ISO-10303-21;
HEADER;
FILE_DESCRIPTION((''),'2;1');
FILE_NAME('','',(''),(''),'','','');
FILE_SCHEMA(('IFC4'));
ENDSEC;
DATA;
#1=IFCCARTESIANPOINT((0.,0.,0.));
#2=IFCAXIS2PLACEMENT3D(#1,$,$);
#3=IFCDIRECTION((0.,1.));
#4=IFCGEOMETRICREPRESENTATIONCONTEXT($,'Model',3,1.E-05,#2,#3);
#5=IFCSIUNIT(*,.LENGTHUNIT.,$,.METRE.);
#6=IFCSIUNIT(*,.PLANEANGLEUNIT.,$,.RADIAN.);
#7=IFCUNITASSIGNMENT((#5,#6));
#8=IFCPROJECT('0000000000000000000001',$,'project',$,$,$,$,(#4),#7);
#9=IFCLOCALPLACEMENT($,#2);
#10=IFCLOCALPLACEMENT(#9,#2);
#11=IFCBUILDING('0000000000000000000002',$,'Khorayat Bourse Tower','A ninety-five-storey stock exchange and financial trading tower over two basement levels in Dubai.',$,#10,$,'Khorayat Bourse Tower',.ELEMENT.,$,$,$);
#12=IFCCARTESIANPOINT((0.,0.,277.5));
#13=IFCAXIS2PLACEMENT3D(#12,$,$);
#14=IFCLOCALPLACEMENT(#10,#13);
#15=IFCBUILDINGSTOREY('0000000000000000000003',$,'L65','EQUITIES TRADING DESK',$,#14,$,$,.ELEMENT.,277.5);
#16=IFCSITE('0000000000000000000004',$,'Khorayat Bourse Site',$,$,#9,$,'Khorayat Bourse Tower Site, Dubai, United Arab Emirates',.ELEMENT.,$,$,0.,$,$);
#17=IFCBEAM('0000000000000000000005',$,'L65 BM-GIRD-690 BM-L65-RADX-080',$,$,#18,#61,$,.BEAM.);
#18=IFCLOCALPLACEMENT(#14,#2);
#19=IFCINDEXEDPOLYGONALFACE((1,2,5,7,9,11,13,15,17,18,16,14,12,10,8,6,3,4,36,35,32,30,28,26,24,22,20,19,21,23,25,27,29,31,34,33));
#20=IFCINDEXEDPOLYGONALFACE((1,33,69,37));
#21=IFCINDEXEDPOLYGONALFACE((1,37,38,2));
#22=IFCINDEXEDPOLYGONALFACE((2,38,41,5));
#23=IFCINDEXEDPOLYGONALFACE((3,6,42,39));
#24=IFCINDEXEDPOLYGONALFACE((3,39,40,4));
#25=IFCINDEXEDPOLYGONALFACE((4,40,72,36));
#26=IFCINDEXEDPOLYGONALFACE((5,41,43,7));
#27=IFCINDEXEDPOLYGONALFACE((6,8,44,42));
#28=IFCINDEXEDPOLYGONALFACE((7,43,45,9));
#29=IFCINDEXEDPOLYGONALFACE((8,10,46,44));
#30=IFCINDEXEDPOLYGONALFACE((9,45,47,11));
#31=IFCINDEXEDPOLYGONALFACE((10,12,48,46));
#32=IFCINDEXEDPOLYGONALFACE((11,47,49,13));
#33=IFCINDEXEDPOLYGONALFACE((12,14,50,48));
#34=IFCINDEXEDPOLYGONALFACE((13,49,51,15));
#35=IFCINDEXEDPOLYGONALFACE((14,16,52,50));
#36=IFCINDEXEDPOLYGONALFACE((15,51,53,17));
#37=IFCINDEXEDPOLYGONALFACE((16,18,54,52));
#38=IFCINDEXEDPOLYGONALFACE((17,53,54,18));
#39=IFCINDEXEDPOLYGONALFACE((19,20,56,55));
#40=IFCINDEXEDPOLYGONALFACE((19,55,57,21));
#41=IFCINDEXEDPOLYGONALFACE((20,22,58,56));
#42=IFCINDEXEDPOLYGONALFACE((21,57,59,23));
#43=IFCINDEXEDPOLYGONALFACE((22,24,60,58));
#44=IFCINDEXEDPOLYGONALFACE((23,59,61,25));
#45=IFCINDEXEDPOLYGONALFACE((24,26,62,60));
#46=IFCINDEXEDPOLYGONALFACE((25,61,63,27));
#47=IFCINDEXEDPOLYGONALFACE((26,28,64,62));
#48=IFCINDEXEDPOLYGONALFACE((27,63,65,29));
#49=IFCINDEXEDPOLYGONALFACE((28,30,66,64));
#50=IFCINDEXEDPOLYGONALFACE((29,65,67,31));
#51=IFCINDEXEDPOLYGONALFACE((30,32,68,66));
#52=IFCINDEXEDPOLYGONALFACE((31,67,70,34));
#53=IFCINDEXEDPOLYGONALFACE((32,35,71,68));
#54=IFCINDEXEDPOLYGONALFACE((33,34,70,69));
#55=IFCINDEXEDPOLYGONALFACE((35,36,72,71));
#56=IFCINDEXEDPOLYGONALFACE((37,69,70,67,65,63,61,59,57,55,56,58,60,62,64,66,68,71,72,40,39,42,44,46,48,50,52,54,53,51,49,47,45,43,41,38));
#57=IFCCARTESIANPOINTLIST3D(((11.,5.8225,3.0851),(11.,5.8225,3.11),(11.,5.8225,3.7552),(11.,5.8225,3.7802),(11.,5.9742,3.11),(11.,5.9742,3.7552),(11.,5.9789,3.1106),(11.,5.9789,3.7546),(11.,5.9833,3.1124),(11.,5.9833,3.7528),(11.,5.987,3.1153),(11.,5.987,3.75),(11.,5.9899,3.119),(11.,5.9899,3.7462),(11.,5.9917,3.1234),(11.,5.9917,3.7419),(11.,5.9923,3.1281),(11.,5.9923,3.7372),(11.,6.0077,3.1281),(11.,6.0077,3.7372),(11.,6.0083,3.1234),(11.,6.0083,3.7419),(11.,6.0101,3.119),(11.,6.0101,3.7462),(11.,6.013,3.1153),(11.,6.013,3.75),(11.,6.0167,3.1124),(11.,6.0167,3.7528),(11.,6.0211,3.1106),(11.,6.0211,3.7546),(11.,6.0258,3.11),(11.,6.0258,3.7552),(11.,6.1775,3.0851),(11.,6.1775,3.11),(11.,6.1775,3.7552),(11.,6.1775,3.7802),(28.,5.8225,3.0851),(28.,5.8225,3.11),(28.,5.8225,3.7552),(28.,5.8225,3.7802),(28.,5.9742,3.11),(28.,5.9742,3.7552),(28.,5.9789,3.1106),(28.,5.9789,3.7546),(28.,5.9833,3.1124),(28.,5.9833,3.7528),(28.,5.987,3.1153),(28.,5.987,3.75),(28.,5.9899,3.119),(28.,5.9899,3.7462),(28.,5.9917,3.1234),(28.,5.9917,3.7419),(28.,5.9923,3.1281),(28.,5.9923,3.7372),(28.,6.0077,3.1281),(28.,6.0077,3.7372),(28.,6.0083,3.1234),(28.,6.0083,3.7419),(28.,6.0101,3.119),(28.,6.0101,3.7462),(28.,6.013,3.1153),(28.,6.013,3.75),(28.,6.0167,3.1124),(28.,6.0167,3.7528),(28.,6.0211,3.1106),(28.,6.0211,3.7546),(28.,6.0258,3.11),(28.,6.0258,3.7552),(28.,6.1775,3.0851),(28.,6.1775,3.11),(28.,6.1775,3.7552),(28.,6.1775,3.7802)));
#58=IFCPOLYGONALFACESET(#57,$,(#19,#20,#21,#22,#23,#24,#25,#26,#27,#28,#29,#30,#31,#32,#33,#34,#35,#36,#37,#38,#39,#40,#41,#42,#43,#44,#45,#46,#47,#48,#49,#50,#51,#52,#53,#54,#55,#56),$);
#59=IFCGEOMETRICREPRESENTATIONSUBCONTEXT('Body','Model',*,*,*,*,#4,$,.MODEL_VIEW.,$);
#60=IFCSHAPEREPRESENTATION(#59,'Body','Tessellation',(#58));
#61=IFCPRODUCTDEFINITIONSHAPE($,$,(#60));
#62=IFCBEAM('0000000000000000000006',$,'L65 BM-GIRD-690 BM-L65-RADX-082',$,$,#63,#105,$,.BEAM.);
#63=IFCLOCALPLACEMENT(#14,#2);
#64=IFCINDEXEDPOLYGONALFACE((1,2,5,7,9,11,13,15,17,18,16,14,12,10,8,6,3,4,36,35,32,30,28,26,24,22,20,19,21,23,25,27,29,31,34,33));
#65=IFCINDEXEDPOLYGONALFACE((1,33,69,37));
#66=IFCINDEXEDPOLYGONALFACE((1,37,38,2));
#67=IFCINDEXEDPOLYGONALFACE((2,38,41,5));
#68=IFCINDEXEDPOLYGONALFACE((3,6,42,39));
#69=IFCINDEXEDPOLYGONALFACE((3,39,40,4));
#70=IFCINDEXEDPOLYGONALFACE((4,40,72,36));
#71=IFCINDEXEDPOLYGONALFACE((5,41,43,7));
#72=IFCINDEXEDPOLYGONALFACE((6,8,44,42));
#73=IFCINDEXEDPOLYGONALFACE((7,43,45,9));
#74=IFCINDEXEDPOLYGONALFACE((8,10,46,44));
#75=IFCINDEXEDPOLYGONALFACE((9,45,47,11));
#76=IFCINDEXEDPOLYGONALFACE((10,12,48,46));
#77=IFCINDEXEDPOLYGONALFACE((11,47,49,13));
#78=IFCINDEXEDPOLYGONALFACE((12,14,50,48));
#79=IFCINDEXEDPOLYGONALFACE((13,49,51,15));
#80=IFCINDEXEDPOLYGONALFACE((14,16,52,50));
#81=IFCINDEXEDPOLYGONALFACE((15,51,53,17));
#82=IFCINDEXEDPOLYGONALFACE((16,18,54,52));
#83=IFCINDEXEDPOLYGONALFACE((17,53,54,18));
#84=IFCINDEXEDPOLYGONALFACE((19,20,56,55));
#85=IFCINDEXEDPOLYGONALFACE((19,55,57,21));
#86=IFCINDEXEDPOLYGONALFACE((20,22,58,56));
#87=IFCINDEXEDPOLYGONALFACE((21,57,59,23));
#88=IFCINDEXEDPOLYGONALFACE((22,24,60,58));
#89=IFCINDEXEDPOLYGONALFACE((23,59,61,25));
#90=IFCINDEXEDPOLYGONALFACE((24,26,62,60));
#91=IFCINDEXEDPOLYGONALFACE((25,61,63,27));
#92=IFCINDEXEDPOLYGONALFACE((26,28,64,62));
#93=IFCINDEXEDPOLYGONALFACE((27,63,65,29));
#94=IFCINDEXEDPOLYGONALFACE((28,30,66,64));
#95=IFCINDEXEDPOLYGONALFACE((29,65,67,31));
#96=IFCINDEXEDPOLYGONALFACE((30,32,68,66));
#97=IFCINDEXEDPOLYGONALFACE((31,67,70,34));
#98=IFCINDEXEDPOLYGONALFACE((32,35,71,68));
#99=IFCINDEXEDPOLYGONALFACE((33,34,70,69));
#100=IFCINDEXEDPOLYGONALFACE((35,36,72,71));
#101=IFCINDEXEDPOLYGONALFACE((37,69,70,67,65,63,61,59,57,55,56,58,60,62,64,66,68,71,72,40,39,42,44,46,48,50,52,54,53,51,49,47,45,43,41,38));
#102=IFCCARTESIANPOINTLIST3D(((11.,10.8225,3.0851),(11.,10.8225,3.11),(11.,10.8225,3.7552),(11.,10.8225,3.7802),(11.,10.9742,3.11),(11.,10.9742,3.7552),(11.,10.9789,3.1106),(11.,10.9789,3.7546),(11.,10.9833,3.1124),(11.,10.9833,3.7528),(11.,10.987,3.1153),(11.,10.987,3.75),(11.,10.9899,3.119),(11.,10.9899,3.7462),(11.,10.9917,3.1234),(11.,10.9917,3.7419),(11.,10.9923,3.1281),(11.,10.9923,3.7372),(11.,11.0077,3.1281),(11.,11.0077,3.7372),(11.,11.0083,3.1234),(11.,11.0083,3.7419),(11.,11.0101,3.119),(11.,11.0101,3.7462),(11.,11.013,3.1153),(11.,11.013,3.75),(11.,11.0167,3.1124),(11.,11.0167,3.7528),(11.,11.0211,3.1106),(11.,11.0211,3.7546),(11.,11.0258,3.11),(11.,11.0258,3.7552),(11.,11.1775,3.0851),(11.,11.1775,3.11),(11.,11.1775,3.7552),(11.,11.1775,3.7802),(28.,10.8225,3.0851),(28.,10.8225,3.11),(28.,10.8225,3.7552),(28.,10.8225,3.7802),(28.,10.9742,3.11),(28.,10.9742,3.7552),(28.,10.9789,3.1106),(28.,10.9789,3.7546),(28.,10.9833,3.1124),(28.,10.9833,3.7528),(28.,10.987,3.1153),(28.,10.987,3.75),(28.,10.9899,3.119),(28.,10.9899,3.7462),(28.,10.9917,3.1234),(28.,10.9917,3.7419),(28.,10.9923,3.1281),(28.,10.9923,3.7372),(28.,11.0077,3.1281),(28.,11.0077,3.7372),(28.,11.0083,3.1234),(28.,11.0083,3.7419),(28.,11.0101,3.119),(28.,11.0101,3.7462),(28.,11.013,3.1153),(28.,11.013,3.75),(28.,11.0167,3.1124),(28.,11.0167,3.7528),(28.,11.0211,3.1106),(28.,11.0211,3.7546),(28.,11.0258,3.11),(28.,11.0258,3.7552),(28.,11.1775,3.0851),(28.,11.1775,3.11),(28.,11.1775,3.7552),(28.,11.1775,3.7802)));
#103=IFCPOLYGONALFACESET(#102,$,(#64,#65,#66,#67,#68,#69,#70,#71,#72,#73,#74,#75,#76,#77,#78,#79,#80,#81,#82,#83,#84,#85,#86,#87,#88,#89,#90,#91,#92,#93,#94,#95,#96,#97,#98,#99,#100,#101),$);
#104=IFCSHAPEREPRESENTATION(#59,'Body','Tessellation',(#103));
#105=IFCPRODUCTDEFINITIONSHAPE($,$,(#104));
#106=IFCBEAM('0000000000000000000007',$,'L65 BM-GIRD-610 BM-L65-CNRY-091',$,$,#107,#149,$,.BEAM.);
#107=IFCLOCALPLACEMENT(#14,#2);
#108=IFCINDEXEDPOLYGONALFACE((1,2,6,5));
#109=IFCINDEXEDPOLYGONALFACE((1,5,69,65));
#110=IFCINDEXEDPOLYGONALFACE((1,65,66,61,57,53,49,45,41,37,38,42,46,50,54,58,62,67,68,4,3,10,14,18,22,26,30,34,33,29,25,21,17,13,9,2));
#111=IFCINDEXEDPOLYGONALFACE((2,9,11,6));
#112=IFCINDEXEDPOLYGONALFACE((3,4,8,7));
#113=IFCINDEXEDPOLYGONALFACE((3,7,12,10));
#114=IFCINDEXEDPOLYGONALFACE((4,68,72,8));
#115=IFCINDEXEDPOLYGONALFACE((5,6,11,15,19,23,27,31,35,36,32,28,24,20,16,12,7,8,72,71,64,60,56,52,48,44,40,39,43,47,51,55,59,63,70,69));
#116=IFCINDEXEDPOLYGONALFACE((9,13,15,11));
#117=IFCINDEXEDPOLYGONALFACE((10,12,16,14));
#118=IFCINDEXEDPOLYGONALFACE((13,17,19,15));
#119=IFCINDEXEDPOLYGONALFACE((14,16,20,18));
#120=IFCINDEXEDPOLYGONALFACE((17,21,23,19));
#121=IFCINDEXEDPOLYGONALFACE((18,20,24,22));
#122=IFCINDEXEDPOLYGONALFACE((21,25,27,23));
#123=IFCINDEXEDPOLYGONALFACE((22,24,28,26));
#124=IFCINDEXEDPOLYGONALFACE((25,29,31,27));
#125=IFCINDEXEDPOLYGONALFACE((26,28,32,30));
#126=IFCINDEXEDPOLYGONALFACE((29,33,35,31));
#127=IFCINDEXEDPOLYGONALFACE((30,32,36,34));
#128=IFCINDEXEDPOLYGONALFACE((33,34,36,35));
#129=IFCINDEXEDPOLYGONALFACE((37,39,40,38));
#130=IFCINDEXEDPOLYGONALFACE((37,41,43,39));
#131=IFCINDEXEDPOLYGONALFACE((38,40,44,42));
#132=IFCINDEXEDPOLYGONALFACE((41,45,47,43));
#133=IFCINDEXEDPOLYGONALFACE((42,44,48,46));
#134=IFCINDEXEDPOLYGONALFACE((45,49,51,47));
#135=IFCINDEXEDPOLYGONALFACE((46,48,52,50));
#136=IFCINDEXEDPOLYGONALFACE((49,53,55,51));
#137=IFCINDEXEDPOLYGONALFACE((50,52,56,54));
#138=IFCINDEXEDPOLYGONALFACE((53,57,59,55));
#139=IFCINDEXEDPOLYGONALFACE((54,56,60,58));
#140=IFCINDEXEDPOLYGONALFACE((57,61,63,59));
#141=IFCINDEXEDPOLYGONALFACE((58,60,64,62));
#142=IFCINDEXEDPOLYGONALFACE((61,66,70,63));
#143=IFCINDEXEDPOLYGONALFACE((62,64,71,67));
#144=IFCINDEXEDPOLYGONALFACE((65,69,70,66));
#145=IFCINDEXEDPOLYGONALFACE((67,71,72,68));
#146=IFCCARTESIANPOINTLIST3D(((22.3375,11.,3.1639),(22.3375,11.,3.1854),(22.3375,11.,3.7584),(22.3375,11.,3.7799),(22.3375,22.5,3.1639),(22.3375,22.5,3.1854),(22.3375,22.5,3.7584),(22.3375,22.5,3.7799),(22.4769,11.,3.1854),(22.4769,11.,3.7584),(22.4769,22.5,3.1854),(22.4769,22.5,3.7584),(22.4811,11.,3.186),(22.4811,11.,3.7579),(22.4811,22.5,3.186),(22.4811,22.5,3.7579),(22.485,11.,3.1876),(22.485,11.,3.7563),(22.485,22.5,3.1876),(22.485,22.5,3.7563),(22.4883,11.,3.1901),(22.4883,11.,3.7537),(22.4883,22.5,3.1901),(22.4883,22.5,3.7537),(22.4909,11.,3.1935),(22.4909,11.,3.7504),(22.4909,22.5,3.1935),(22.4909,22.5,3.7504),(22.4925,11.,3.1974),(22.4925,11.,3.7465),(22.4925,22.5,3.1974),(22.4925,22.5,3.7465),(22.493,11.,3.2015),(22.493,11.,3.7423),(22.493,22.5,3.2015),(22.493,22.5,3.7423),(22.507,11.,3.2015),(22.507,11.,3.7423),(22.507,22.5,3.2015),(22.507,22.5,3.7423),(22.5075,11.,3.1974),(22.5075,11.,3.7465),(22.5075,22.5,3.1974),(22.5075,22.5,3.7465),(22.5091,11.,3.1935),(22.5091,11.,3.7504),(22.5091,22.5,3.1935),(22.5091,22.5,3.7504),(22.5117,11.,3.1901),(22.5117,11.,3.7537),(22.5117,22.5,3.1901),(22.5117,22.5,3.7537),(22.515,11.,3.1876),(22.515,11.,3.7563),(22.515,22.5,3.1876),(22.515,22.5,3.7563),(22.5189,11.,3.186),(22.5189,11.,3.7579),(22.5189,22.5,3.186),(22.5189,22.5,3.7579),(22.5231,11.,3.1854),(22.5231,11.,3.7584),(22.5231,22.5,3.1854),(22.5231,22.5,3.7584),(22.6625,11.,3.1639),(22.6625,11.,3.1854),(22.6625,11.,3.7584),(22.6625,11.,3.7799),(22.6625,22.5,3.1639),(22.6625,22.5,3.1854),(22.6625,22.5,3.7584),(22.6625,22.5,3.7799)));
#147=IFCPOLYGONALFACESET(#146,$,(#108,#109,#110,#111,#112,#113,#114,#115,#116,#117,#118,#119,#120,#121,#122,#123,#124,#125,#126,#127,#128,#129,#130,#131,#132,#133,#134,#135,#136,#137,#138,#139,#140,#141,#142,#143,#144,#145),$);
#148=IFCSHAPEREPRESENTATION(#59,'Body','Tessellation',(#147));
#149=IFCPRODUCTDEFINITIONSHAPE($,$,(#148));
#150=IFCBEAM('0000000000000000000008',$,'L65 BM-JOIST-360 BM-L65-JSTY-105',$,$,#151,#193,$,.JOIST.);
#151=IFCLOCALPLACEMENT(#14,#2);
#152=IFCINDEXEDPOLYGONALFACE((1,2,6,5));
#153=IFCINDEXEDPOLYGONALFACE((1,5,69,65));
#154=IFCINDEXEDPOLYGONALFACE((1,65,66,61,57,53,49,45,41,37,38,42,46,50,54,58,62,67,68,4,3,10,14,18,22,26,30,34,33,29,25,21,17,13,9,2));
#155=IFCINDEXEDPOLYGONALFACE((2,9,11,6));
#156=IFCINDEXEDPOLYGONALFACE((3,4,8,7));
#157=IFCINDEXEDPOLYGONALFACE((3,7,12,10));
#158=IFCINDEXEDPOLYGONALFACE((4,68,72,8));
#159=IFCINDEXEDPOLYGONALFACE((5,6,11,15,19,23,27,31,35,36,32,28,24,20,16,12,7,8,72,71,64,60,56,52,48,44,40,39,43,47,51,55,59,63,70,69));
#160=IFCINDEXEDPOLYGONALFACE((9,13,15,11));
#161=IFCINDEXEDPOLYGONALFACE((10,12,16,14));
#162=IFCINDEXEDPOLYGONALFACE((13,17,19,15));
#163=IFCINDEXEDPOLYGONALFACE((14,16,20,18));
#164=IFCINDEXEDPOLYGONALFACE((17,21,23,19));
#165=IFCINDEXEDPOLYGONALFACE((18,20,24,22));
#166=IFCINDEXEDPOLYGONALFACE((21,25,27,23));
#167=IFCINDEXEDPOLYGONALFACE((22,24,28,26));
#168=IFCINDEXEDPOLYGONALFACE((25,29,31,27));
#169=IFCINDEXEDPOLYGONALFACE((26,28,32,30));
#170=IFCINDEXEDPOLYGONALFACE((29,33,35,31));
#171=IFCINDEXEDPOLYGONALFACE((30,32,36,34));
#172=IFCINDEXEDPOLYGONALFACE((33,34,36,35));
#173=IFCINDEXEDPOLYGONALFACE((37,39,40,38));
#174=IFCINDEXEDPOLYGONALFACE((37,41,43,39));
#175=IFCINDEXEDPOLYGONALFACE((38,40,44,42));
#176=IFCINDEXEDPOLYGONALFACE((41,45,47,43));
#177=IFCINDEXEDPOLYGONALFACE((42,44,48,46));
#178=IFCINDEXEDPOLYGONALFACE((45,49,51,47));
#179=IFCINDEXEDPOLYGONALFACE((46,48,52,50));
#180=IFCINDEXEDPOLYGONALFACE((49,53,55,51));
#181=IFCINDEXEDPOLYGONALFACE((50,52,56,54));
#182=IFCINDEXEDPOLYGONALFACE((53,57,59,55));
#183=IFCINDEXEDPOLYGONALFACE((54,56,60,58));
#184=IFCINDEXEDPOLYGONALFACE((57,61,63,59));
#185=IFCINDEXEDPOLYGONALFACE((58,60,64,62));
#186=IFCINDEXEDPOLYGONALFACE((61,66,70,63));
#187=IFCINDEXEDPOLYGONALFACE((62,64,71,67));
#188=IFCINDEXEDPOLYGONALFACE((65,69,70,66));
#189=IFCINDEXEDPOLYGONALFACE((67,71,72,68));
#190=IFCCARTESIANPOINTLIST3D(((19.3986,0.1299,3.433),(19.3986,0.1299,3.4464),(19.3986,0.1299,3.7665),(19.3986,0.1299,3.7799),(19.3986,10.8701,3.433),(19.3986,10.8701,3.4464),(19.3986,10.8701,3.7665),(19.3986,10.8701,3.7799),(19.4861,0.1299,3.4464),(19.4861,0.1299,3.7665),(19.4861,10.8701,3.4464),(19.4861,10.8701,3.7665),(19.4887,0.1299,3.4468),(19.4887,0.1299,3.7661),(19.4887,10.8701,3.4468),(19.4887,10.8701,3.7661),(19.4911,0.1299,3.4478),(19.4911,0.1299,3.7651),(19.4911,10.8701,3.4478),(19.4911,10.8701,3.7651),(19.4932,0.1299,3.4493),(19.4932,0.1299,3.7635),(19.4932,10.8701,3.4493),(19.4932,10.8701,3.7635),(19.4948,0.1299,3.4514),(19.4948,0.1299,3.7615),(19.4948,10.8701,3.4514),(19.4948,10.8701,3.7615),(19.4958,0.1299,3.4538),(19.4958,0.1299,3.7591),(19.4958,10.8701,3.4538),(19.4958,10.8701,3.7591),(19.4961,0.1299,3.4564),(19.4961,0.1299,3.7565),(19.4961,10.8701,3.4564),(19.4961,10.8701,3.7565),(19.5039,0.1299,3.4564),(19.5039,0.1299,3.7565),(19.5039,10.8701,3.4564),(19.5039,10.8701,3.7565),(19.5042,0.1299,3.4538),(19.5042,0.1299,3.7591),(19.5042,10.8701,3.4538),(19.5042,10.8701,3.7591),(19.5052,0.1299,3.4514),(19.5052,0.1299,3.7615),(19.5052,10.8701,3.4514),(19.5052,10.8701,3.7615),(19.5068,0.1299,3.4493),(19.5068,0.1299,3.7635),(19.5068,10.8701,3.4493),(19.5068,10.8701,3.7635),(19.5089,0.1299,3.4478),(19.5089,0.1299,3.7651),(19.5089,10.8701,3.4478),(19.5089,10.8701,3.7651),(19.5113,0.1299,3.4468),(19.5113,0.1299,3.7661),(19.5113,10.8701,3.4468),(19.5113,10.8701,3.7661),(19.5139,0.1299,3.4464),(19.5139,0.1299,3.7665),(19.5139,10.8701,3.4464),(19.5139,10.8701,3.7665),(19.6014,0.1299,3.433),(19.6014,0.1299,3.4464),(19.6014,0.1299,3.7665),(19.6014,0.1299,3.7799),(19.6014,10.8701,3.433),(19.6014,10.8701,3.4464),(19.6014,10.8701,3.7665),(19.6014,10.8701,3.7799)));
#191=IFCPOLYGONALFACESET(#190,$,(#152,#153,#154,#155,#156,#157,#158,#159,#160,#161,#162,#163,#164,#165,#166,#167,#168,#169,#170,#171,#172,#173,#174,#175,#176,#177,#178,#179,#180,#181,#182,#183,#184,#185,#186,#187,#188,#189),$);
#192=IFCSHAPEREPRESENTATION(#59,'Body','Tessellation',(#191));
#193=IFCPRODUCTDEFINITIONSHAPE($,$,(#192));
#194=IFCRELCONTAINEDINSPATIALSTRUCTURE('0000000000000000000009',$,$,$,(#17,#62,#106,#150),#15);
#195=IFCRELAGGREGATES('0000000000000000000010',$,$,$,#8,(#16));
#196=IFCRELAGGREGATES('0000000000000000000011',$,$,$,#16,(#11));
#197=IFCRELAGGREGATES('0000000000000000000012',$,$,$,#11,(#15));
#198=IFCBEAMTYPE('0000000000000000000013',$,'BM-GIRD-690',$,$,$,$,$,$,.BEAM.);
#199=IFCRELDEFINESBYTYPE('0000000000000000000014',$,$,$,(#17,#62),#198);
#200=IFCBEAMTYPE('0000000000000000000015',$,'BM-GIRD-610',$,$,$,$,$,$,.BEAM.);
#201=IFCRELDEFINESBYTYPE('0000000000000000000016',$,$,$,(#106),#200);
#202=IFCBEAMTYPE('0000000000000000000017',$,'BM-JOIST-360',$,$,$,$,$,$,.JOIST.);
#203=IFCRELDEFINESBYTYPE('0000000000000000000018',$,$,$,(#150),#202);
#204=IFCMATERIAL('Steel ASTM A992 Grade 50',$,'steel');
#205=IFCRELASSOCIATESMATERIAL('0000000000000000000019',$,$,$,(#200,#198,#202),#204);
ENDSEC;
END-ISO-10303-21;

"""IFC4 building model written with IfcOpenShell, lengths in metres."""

from ifc_helpers import new_model, si_unit, direction, frame, origin, origin_2d, place, context, subcontext, project, spatial, i_section, extrude, source, transform, mapped, material, material_profile, profile_set, type_object, element, save


model = new_model("IFC4")

# Units and contexts
model_context = context("Model", 3, precision=1e-05, world=origin(), true_north=direction((0.0, 1.0)))
body_context = subcontext(model_context, "Body", "Model", "MODEL_VIEW")
ifc_project = project(units=[si_unit("LENGTHUNIT", "METRE"), si_unit("PLANEANGLEUNIT", "RADIAN")], contexts=[model_context])

# Site, building, storey
site_placement = place(None, origin())
site = spatial("IfcSite", under=ifc_project, at=site_placement, Name="Khorayat Bourse Site", LongName="Khorayat Bourse Tower Site, Dubai, United Arab Emirates", CompositionType="ELEMENT", RefElevation=0.0)
building_placement = place(site_placement, origin())
building = spatial("IfcBuilding", under=site, at=building_placement, Name="Khorayat Bourse Tower", Description="A ninety-five-storey stock exchange and financial trading tower over two basement levels in Dubai.", LongName="Khorayat Bourse Tower", CompositionType="ELEMENT")
storey_placement = place(building_placement, frame((0.0, 0.0, 277.5)))
storey = spatial("IfcBuildingStorey", under=building, at=storey_placement, Name="L65", Description="EQUITIES TRADING DESK", CompositionType="ELEMENT", Elevation=277.5)

# Shared definitions
ifc_material_1 = material(Name="Steel ASTM A992 Grade 50", Category="steel")
ifc_material_profile_1 = material_profile(ifc_material_1, i_section(OverallWidth=0.325, OverallDepth=0.616, WebThickness=0.0139, FlangeThickness=0.0215, FilletRadius=0.0161, at=origin_2d()), Name="W610X174")
ifc_profile_set_1 = profile_set([ifc_material_profile_1], Name="Steel ASTM A992 Grade 50")
beam_type_1 = type_object("IfcBeamType", Name="BM-GIRD-610", PredefinedType="BEAM", material=ifc_profile_set_1)

# Beams
ifc_material_profile_2 = material_profile(ifc_material_1, i_section(OverallWidth=0.355, OverallDepth=0.6951, WebThickness=0.0154, FlangeThickness=0.0249, FilletRadius=0.0181, at=origin_2d()), Name="W690X217")
ifc_profile_set_2 = profile_set([ifc_material_profile_2], Name="Steel ASTM A992 Grade 50")
beam_type_2 = type_object("IfcBeamType", Name="BM-GIRD-690", PredefinedType="BEAM", material=ifc_profile_set_2)
shared_shape_1 = source(origin(), body_context, "Body", "SweptSolid", [
    extrude(i_section(OverallWidth=0.355, OverallDepth=0.6951, WebThickness=0.0154, FlangeThickness=0.0249, FilletRadius=0.0181, at=origin_2d()), origin(), (0.0, 0.0, 1.0), 17.0),
])
for number, where, z_axis, x_axis, name in (
    (1, (11.0, 6.0, 3.4326), (1.0, 0.0, 0.0), (0.0, 1.0, 0.0), "L65 BM-GIRD-690 BM-L65-RADX-080"),
    (2, (11.0, 11.0, 3.4326), (1.0, 0.0, 0.0), (0.0, 1.0, 0.0), "L65 BM-GIRD-690 BM-L65-RADX-082"),
):
    element("IfcBeam", number, at=place(storey_placement, frame(where, z_axis=z_axis, x_axis=x_axis)), inside=storey, type_object=beam_type_2, Name=name, PredefinedType="BEAM", context=body_context, shape_type="MappedRepresentation", body=[
        mapped(shared_shape_1, transform((0.0, 0.0, 0.0), scale=1.0)),
    ])
shared_shape_2 = source(origin(), body_context, "Body", "SweptSolid", [
    extrude(i_section(OverallWidth=0.325, OverallDepth=0.616, WebThickness=0.0139, FlangeThickness=0.0215, FilletRadius=0.0161, at=origin_2d()), origin(), (0.0, 0.0, 1.0), 11.5),
])
beam_1_placement = place(storey_placement, frame((22.5, 11.0, 3.4719), z_axis=(0.0, 1.0, 0.0), x_axis=(-1.0, 0.0, 0.0)))
element("IfcBeam", 3, at=beam_1_placement, inside=storey, type_object=beam_type_1, Name="L65 BM-GIRD-610 BM-L65-CNRY-091", PredefinedType="BEAM", context=body_context, shape_type="MappedRepresentation", body=[
    mapped(shared_shape_2, transform((0.0, 0.0, 0.0), scale=1.0)),
])
ifc_material_profile_3 = material_profile(ifc_material_1, i_section(OverallWidth=0.2029, OverallDepth=0.3469, WebThickness=0.0078, FlangeThickness=0.0134, FilletRadius=0.01, at=origin_2d()), Name="W360X64")
ifc_profile_set_3 = profile_set([ifc_material_profile_3], Name="Steel ASTM A992 Grade 50")
beam_type_3 = type_object("IfcBeamType", Name="BM-JOIST-360", PredefinedType="JOIST", material=ifc_profile_set_3)
shared_shape_3 = source(origin(), body_context, "Body", "SweptSolid", [
    extrude(i_section(OverallWidth=0.2029, OverallDepth=0.3469, WebThickness=0.0078, FlangeThickness=0.0134, FilletRadius=0.01, at=origin_2d()), origin(), (0.0, 0.0, 1.0), 10.7402),
])
beam_2_placement = place(storey_placement, frame((19.5, 0.1299, 3.6064), z_axis=(0.0, 1.0, 0.0), x_axis=(-1.0, 0.0, 0.0)))
element("IfcBeam", 4, at=beam_2_placement, inside=storey, type_object=beam_type_3, Name="L65 BM-JOIST-360 BM-L65-JSTY-105", PredefinedType="JOIST", context=body_context, shape_type="MappedRepresentation", body=[
    mapped(shared_shape_3, transform((0.0, 0.0, 0.0), scale=1.0)),
])

save(model, "model.ifc")
